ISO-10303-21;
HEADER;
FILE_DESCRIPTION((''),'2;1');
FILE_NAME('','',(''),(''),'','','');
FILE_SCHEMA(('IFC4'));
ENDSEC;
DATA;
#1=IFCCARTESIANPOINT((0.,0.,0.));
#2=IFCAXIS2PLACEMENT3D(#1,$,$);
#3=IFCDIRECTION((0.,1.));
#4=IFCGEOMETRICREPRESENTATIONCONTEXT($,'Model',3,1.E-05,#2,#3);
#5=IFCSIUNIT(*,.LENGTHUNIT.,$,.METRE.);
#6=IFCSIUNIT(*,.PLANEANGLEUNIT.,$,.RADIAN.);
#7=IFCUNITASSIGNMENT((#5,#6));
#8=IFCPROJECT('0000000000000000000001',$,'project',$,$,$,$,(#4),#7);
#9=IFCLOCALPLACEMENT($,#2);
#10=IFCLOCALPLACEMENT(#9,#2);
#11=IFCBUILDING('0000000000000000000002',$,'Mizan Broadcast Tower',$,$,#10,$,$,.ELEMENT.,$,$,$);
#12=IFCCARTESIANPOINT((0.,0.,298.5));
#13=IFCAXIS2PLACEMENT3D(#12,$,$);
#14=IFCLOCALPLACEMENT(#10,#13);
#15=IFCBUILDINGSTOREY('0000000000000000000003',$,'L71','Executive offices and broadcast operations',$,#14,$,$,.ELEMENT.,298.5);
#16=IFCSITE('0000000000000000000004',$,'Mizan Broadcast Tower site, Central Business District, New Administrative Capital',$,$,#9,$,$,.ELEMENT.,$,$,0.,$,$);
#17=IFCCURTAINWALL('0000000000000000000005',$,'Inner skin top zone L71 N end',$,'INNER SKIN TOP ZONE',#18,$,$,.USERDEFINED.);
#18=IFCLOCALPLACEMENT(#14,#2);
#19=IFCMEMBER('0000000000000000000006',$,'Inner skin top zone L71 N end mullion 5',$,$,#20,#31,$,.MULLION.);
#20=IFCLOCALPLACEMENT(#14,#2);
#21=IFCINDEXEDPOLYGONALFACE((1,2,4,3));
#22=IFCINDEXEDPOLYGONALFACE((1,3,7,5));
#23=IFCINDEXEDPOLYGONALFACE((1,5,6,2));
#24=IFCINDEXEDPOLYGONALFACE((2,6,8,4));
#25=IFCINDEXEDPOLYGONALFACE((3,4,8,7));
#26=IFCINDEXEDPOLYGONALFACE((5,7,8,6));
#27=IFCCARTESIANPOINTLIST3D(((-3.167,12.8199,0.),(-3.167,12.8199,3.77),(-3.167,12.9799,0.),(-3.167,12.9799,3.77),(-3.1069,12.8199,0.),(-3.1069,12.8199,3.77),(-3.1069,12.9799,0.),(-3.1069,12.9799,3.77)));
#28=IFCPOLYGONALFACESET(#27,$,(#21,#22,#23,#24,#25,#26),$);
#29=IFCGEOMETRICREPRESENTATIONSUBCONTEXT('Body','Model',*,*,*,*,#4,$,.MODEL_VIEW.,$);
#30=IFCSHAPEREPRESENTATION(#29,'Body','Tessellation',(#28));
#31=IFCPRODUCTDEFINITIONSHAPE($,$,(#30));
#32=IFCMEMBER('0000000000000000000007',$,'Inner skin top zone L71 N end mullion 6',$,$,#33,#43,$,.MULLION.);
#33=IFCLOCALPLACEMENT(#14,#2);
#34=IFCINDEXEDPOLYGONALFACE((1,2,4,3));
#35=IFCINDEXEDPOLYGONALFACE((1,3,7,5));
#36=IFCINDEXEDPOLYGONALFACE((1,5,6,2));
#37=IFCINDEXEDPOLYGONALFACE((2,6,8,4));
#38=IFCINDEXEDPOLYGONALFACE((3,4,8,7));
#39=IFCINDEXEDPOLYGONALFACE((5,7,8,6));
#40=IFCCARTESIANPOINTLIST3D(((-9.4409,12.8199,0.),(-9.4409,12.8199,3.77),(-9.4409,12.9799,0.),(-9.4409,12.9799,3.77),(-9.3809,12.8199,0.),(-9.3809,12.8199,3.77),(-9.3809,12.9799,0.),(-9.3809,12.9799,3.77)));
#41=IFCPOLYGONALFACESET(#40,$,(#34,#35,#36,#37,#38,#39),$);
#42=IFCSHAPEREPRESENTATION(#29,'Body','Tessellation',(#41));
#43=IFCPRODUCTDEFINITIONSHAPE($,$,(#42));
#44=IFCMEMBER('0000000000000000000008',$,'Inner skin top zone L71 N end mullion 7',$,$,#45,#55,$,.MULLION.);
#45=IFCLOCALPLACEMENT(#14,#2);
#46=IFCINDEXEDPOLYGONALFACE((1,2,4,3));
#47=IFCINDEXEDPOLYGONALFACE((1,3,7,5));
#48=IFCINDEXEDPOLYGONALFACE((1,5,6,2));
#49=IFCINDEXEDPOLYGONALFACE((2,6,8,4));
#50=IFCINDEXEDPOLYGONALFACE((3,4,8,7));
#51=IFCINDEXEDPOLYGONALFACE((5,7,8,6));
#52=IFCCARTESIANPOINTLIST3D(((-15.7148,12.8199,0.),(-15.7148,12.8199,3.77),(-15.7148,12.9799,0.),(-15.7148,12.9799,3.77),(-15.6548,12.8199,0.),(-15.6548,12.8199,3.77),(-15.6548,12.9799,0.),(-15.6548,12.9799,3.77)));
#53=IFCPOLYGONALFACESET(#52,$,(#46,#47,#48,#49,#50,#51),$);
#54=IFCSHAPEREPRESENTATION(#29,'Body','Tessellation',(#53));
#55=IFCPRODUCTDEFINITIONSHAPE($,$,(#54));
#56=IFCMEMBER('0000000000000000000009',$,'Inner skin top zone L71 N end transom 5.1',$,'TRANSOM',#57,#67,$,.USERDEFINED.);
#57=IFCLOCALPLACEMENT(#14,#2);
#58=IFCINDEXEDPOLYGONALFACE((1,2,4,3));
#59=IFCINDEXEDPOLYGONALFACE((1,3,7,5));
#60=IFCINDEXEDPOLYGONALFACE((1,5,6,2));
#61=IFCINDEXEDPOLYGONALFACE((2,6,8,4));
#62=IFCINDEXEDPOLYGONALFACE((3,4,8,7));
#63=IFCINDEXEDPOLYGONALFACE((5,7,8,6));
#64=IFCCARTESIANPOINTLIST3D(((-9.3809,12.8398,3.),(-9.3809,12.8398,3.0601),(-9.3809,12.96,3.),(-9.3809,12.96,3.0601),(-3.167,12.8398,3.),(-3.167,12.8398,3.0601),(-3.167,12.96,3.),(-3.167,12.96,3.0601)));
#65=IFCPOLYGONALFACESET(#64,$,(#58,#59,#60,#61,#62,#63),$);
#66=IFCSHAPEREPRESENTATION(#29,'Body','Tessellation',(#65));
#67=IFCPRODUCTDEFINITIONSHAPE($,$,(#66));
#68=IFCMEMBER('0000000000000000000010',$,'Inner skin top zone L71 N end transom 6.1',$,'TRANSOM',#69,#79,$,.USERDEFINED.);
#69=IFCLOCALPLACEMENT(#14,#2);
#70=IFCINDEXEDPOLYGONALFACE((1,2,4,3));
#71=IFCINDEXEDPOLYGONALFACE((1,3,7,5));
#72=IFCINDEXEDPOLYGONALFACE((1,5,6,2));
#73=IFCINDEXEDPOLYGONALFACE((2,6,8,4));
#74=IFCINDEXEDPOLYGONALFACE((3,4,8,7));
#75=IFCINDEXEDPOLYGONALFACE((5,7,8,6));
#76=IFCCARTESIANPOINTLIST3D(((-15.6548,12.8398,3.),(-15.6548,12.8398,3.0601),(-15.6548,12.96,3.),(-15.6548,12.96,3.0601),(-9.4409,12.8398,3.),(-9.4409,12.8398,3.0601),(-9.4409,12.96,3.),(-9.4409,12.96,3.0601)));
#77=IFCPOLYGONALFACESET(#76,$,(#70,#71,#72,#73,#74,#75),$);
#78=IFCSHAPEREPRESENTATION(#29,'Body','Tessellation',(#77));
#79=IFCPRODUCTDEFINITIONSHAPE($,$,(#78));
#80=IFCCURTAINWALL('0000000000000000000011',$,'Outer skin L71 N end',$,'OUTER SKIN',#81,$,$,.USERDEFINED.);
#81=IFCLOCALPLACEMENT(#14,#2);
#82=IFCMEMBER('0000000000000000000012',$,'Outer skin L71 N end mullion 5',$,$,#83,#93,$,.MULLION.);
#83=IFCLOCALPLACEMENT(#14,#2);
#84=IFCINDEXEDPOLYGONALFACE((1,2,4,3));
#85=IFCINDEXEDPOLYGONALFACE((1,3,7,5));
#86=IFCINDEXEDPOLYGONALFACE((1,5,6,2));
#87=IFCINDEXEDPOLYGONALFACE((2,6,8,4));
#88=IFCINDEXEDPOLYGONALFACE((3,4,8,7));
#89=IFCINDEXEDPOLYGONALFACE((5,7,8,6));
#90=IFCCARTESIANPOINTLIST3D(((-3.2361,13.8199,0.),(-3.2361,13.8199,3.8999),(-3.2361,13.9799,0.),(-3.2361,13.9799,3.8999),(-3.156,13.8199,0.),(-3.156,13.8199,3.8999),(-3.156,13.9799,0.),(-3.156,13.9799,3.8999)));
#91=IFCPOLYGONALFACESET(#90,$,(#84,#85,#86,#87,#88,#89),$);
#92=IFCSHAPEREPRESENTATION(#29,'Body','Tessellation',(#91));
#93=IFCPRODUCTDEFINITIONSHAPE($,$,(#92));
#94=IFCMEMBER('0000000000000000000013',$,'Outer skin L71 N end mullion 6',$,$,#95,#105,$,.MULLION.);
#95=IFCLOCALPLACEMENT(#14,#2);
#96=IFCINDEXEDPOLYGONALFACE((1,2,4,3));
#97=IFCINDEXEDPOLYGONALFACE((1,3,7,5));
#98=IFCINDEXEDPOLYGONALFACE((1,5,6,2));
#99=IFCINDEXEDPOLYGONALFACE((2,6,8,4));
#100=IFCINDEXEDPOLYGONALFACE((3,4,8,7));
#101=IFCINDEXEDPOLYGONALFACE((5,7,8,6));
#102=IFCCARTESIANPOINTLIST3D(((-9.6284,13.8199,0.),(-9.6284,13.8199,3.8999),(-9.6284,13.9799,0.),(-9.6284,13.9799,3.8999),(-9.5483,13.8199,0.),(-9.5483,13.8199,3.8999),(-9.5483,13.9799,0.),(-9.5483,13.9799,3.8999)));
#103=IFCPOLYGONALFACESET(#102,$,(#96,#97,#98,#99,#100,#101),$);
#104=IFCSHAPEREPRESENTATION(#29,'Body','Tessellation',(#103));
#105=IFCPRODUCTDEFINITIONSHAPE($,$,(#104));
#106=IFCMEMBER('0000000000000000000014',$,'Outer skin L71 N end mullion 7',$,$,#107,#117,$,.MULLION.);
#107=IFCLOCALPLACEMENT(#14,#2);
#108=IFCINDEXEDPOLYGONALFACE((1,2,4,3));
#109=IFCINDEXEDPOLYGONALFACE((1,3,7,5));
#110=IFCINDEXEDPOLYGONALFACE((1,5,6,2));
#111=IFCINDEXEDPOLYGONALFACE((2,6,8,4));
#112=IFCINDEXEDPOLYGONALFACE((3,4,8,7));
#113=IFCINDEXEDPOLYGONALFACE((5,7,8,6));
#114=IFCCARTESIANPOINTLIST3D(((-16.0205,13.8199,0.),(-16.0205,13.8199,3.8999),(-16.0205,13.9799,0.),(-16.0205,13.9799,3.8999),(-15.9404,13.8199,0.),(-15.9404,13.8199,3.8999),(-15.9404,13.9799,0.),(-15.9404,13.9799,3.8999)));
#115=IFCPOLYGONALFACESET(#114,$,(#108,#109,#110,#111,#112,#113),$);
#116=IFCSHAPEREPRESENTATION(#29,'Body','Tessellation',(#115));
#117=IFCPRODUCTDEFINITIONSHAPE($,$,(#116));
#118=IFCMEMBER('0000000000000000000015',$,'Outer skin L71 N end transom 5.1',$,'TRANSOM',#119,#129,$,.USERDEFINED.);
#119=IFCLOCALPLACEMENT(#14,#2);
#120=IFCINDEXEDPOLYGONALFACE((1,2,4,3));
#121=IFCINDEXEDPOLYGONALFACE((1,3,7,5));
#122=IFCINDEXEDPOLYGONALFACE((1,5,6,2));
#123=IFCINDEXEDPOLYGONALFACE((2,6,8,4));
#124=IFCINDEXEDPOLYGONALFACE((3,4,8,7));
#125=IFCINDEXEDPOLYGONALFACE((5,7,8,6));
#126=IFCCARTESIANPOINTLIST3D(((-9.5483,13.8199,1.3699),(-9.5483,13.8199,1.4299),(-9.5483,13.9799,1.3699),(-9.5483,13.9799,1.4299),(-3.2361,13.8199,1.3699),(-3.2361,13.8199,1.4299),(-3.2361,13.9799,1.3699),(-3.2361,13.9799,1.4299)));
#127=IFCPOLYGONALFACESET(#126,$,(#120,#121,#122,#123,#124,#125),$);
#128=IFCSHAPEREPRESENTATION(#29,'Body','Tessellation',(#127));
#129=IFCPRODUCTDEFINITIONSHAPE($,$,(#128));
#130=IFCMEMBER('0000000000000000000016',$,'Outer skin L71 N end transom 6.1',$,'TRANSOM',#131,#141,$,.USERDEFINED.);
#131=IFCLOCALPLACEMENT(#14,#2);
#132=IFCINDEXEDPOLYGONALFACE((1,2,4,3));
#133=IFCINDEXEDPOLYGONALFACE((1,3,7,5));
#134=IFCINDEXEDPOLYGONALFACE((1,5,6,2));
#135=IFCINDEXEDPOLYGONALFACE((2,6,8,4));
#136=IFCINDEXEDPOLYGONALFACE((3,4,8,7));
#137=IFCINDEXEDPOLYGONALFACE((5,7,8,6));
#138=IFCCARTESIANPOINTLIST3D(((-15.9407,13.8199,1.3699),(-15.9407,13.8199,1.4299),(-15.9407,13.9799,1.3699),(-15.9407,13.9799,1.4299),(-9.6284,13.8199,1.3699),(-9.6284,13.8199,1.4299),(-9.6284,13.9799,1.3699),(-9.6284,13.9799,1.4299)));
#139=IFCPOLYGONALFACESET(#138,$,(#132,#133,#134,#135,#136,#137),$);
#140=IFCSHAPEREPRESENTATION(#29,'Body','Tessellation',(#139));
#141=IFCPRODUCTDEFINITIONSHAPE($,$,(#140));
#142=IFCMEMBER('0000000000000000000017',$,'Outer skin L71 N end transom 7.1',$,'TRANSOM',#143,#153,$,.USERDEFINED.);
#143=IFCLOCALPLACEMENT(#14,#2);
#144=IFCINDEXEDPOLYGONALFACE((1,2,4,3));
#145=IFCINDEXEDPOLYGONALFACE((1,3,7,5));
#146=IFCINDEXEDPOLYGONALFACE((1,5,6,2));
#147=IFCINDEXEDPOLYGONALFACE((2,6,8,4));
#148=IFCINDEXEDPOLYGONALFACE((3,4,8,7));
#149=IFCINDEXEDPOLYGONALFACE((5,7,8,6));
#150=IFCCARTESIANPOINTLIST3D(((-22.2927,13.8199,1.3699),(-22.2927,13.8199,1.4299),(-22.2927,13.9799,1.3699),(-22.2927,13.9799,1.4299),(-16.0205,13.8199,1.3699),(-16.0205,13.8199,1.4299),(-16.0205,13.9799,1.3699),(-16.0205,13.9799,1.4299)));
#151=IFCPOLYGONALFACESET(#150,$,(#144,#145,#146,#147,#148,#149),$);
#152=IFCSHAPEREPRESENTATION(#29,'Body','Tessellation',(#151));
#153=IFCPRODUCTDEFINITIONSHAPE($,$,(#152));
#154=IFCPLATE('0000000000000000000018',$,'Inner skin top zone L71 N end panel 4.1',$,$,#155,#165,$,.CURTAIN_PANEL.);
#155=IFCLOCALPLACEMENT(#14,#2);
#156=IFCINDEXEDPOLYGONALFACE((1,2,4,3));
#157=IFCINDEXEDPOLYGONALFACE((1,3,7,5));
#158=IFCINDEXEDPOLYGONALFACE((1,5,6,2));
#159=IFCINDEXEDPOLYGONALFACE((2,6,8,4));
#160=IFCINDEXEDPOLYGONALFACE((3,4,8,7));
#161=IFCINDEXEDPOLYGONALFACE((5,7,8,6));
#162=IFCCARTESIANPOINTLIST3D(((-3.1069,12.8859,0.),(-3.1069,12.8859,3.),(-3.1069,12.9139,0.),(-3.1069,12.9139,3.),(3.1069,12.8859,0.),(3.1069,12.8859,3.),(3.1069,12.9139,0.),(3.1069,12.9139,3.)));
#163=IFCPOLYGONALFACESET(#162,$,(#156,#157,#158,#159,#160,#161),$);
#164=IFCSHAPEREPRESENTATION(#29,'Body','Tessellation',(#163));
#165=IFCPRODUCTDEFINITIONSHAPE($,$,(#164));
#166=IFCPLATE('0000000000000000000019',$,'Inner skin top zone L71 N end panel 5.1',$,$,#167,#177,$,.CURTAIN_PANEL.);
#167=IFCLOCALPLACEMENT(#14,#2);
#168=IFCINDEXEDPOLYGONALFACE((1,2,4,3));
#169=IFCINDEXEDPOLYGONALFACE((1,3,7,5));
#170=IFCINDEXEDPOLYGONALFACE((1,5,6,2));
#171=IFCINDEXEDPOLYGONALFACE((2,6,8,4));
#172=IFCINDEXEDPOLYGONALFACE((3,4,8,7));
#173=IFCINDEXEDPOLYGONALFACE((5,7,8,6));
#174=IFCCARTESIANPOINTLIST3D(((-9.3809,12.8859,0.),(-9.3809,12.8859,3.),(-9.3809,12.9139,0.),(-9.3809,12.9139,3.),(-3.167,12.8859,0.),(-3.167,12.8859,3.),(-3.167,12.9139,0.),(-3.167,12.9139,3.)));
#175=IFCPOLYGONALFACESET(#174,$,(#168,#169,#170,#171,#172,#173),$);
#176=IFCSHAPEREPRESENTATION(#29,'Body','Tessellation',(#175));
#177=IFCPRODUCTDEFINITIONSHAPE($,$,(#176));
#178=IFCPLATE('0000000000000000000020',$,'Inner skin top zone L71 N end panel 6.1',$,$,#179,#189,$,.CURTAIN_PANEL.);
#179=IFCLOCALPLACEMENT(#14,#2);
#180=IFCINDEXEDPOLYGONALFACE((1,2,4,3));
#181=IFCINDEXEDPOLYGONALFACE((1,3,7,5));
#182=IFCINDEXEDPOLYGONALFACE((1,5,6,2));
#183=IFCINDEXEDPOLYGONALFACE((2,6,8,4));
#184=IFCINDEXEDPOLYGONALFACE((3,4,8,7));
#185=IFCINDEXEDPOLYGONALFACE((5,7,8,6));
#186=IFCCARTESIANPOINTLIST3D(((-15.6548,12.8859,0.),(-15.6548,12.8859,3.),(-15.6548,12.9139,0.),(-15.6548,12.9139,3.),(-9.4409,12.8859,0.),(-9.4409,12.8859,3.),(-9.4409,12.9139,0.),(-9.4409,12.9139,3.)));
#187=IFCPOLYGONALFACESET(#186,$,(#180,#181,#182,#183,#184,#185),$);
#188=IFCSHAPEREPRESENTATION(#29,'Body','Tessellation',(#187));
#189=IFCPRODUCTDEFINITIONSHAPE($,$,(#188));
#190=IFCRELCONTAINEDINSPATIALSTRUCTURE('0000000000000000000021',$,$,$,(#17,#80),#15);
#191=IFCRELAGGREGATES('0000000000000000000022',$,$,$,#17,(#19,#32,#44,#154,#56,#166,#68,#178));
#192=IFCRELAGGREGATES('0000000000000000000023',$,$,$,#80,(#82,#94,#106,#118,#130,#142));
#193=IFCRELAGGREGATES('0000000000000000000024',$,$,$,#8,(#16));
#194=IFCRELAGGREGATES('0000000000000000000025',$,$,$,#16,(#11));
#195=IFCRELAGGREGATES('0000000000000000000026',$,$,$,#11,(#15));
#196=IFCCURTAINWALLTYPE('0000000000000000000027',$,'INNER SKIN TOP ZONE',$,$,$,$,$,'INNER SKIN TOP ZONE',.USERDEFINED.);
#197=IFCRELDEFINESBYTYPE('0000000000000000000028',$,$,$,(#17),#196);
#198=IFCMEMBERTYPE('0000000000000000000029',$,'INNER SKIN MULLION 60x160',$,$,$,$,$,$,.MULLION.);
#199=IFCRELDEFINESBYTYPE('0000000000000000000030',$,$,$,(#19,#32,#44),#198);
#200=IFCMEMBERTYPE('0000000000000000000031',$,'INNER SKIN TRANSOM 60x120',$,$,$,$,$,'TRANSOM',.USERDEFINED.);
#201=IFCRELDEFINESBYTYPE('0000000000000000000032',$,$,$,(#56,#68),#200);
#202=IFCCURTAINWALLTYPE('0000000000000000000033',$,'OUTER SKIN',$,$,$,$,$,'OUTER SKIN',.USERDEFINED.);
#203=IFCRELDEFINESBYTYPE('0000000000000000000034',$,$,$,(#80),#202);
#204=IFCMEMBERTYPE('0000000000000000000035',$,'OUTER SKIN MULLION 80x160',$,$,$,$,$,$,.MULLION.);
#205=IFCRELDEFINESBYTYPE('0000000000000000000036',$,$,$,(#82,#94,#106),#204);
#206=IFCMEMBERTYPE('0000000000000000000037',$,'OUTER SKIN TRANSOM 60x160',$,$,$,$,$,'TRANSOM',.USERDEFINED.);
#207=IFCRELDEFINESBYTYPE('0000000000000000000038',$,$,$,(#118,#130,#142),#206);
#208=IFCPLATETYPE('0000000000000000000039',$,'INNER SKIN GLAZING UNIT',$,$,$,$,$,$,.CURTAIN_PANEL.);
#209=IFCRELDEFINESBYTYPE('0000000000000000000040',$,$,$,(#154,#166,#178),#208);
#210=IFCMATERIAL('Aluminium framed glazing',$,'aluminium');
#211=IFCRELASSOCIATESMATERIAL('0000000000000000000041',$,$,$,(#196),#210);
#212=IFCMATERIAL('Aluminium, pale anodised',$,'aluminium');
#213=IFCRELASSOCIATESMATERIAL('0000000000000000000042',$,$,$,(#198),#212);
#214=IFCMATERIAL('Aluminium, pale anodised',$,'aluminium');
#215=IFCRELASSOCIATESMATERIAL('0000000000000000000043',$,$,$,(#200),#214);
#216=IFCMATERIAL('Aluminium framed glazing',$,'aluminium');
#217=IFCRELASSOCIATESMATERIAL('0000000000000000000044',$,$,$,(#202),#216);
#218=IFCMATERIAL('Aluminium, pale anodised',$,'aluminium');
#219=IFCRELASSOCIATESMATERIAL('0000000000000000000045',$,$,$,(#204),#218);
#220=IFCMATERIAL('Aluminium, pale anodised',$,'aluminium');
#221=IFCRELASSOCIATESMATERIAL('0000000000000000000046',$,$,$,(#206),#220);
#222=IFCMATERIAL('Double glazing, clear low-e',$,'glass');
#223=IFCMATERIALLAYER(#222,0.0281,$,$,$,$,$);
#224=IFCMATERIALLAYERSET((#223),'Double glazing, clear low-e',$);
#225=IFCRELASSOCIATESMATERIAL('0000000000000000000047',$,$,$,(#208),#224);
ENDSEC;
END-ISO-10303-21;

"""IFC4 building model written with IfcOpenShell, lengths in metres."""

from ifc_helpers import new_model, si_unit, direction, frame, origin, origin_2d, place, context, subcontext, project, spatial, rectangle, extrude, material, layer, layer_set, material_profile, profile_set, type_object, element, aggregate, save


model = new_model("IFC4")

# Units and contexts
model_context = context("Model", 3, precision=1e-05, world=origin(), true_north=direction((0.0, 1.0)))
body_context = subcontext(model_context, "Body", "Model", "MODEL_VIEW")
ifc_project = project(units=[si_unit("LENGTHUNIT", "METRE"), si_unit("PLANEANGLEUNIT", "RADIAN")], contexts=[model_context])

# Site, building, storey
site_placement = place(None, origin())
site = spatial("IfcSite", under=ifc_project, at=site_placement, Name="Mizan Broadcast Tower site, Central Business District, New Administrative Capital", CompositionType="ELEMENT", RefElevation=0.0)
building_placement = place(site_placement, origin())
building = spatial("IfcBuilding", under=site, at=building_placement, Name="Mizan Broadcast Tower", CompositionType="ELEMENT")
storey_placement = place(building_placement, frame((0.0, 0.0, 298.5)))
storey = spatial("IfcBuildingStorey", under=building, at=storey_placement, Name="L71", Description="Executive offices and broadcast operations", CompositionType="ELEMENT", Elevation=298.5)

# Curtain walls, members
ifc_material_1 = material(Name="Aluminium framed glazing", Category="aluminium")
curtain_wall_type_1 = type_object("IfcCurtainWallType", Name="INNER SKIN TOP ZONE", ElementType="INNER SKIN TOP ZONE", PredefinedType="USERDEFINED", material=ifc_material_1)
curtain_wall_1_placement = place(storey_placement, origin())
curtain_wall_1 = element("IfcCurtainWall", 1, at=curtain_wall_1_placement, inside=storey, type_object=curtain_wall_type_1, Name="Inner skin top zone L71 N end", ObjectType="INNER SKIN TOP ZONE", PredefinedType="USERDEFINED")
ifc_material_2 = material(Name="Aluminium, pale anodised", Category="aluminium")
ifc_material_profile_1 = material_profile(ifc_material_2, rectangle(XDim=0.1599, YDim=0.0601, at=origin_2d()), Name="MULLION 160x60")
ifc_profile_set_1 = profile_set([ifc_material_profile_1], Name="Aluminium, pale anodised")
member_type_1 = type_object("IfcMemberType", Name="INNER SKIN MULLION 60x160", PredefinedType="MULLION", material=ifc_profile_set_1)
member_1_placement = place(storey_placement, frame((-3.137, 12.8999, 0.0), z_axis=(0.0, 0.0, 1.0), x_axis=(0.0, -1.0, 0.0)))
member_1 = element("IfcMember", 2, at=member_1_placement, type_object=member_type_1, Name="Inner skin top zone L71 N end mullion 5", PredefinedType="MULLION", context=body_context, shape_type="SweptSolid", body=[
    extrude(rectangle(XDim=0.1599, YDim=0.0601, at=origin_2d()), origin(), (0.0, 0.0, 1.0), 3.77),
])
member_2_placement = place(storey_placement, frame((-9.4109, 12.8999, 0.0), z_axis=(0.0, 0.0, 1.0), x_axis=(0.0, -1.0, 0.0)))
member_2 = element("IfcMember", 3, at=member_2_placement, type_object=member_type_1, Name="Inner skin top zone L71 N end mullion 6", PredefinedType="MULLION", context=body_context, shape_type="SweptSolid", body=[
    extrude(rectangle(XDim=0.1599, YDim=0.0601, at=origin_2d()), origin(), (0.0, 0.0, 1.0), 3.77),
])
member_3_placement = place(storey_placement, frame((-15.6848, 12.8999, 0.0), z_axis=(0.0, 0.0, 1.0), x_axis=(0.0, -1.0, 0.0)))
member_3 = element("IfcMember", 4, at=member_3_placement, type_object=member_type_1, Name="Inner skin top zone L71 N end mullion 7", PredefinedType="MULLION", context=body_context, shape_type="SweptSolid", body=[
    extrude(rectangle(XDim=0.1599, YDim=0.0601, at=origin_2d()), origin(), (0.0, 0.0, 1.0), 3.77),
])
ifc_material_3 = material(Name="Aluminium, pale anodised", Category="aluminium")
ifc_material_profile_2 = material_profile(ifc_material_3, rectangle(XDim=0.1201, YDim=0.0601, at=origin_2d()), Name="TRANSOM 120x60")
ifc_profile_set_2 = profile_set([ifc_material_profile_2], Name="Aluminium, pale anodised")
member_type_2 = type_object("IfcMemberType", Name="INNER SKIN TRANSOM 60x120", ElementType="TRANSOM", PredefinedType="USERDEFINED", material=ifc_profile_set_2)
member_4_placement = place(storey_placement, frame((-3.167, 12.8999, 3.03), z_axis=(-1.0, 0.0, 0.0), x_axis=(0.0, -1.0, 0.0)))
member_4 = element("IfcMember", 5, at=member_4_placement, type_object=member_type_2, Name="Inner skin top zone L71 N end transom 5.1", ObjectType="TRANSOM", PredefinedType="USERDEFINED", context=body_context, shape_type="SweptSolid", body=[
    extrude(rectangle(XDim=0.1201, YDim=0.0601, at=origin_2d()), origin(), (0.0, 0.0, 1.0), 6.2139),
])
member_5_placement = place(storey_placement, frame((-9.4409, 12.8999, 3.03), z_axis=(-1.0, 0.0, 0.0), x_axis=(0.0, -1.0, 0.0)))
member_5 = element("IfcMember", 6, at=member_5_placement, type_object=member_type_2, Name="Inner skin top zone L71 N end transom 6.1", ObjectType="TRANSOM", PredefinedType="USERDEFINED", context=body_context, shape_type="SweptSolid", body=[
    extrude(rectangle(XDim=0.1201, YDim=0.0601, at=origin_2d()), origin(), (0.0, 0.0, 1.0), 6.2139),
])
ifc_material_4 = material(Name="Aluminium framed glazing", Category="aluminium")
curtain_wall_type_2 = type_object("IfcCurtainWallType", Name="OUTER SKIN", ElementType="OUTER SKIN", PredefinedType="USERDEFINED", material=ifc_material_4)
curtain_wall_2_placement = place(storey_placement, origin())
curtain_wall_2 = element("IfcCurtainWall", 7, at=curtain_wall_2_placement, inside=storey, type_object=curtain_wall_type_2, Name="Outer skin L71 N end", ObjectType="OUTER SKIN", PredefinedType="USERDEFINED")
ifc_material_5 = material(Name="Aluminium, pale anodised", Category="aluminium")
ifc_material_profile_3 = material_profile(ifc_material_5, rectangle(XDim=0.1599, YDim=0.0801, at=origin_2d()), Name="MULLION 160x80")
ifc_profile_set_3 = profile_set([ifc_material_profile_3], Name="Aluminium, pale anodised")
member_type_3 = type_object("IfcMemberType", Name="OUTER SKIN MULLION 80x160", PredefinedType="MULLION", material=ifc_profile_set_3)
member_6_placement = place(storey_placement, frame((-3.196, 13.8999, 0.0), z_axis=(0.0, 0.0, 1.0), x_axis=(0.0, -1.0, 0.0)))
member_6 = element("IfcMember", 8, at=member_6_placement, type_object=member_type_3, Name="Outer skin L71 N end mullion 5", PredefinedType="MULLION", context=body_context, shape_type="SweptSolid", body=[
    extrude(rectangle(XDim=0.1599, YDim=0.0801, at=origin_2d()), origin(), (0.0, 0.0, 1.0), 3.8999),
])
member_7_placement = place(storey_placement, frame((-9.5884, 13.8999, 0.0), z_axis=(0.0, 0.0, 1.0), x_axis=(0.0, -1.0, 0.0)))
member_7 = element("IfcMember", 9, at=member_7_placement, type_object=member_type_3, Name="Outer skin L71 N end mullion 6", PredefinedType="MULLION", context=body_context, shape_type="SweptSolid", body=[
    extrude(rectangle(XDim=0.1599, YDim=0.0801, at=origin_2d()), origin(), (0.0, 0.0, 1.0), 3.8999),
])
member_8_placement = place(storey_placement, frame((-15.9805, 13.8999, 0.0), z_axis=(0.0, 0.0, 1.0), x_axis=(0.0, -1.0, 0.0)))
member_8 = element("IfcMember", 10, at=member_8_placement, type_object=member_type_3, Name="Outer skin L71 N end mullion 7", PredefinedType="MULLION", context=body_context, shape_type="SweptSolid", body=[
    extrude(rectangle(XDim=0.1599, YDim=0.0801, at=origin_2d()), origin(), (0.0, 0.0, 1.0), 3.8999),
])
ifc_material_6 = material(Name="Aluminium, pale anodised", Category="aluminium")
ifc_material_profile_4 = material_profile(ifc_material_6, rectangle(XDim=0.1599, YDim=0.0601, at=origin_2d()), Name="TRANSOM 160x60")
ifc_profile_set_4 = profile_set([ifc_material_profile_4], Name="Aluminium, pale anodised")
member_type_4 = type_object("IfcMemberType", Name="OUTER SKIN TRANSOM 60x160", ElementType="TRANSOM", PredefinedType="USERDEFINED", material=ifc_profile_set_4)
member_9_placement = place(storey_placement, frame((-3.2361, 13.8999, 1.3999), z_axis=(-1.0, 0.0, 0.0), x_axis=(0.0, -1.0, 0.0)))
member_9 = element("IfcMember", 11, at=member_9_placement, type_object=member_type_4, Name="Outer skin L71 N end transom 5.1", ObjectType="TRANSOM", PredefinedType="USERDEFINED", context=body_context, shape_type="SweptSolid", body=[
    extrude(rectangle(XDim=0.1599, YDim=0.0601, at=origin_2d()), origin(), (0.0, 0.0, 1.0), 6.3123),
])
member_10_placement = place(storey_placement, frame((-9.6284, 13.8999, 1.3999), z_axis=(-1.0, 0.0, 0.0), x_axis=(0.0, -1.0, 0.0)))
member_10 = element("IfcMember", 12, at=member_10_placement, type_object=member_type_4, Name="Outer skin L71 N end transom 6.1", ObjectType="TRANSOM", PredefinedType="USERDEFINED", context=body_context, shape_type="SweptSolid", body=[
    extrude(rectangle(XDim=0.1599, YDim=0.0601, at=origin_2d()), origin(), (0.0, 0.0, 1.0), 6.3123),
])
member_11_placement = place(storey_placement, frame((-16.0205, 13.8999, 1.3999), z_axis=(-1.0, 0.0, 0.0), x_axis=(0.0, -1.0, 0.0)))
member_11 = element("IfcMember", 13, at=member_11_placement, type_object=member_type_4, Name="Outer skin L71 N end transom 7.1", ObjectType="TRANSOM", PredefinedType="USERDEFINED", context=body_context, shape_type="SweptSolid", body=[
    extrude(rectangle(XDim=0.1599, YDim=0.0601, at=origin_2d()), origin(), (0.0, 0.0, 1.0), 6.2722),
])

# Plates
ifc_material_7 = material(Name="Double glazing, clear low-e", Category="glass")
ifc_layer_1 = layer(ifc_material_7, 0.0281)
ifc_layer_set_1 = layer_set([ifc_layer_1], Name="Double glazing, clear low-e")
plate_type_1 = type_object("IfcPlateType", Name="INNER SKIN GLAZING UNIT", PredefinedType="CURTAIN_PANEL", material=ifc_layer_set_1)
plate_1_placement = place(storey_placement, frame((0.0, 12.8999, 0.0), z_axis=(0.0, 0.0, 1.0), x_axis=(-1.0, 0.0, 0.0)))
plate_1 = element("IfcPlate", 14, at=plate_1_placement, type_object=plate_type_1, Name="Inner skin top zone L71 N end panel 4.1", PredefinedType="CURTAIN_PANEL", context=body_context, shape_type="SweptSolid", body=[
    extrude(rectangle(XDim=6.2139, YDim=0.0281, at=origin_2d()), origin(), (0.0, 0.0, 1.0), 3.0),
])
plate_2_placement = place(storey_placement, frame((-6.2739, 12.8999, 0.0), z_axis=(0.0, 0.0, 1.0), x_axis=(-1.0, 0.0, 0.0)))
plate_2 = element("IfcPlate", 15, at=plate_2_placement, type_object=plate_type_1, Name="Inner skin top zone L71 N end panel 5.1", PredefinedType="CURTAIN_PANEL", context=body_context, shape_type="SweptSolid", body=[
    extrude(rectangle(XDim=6.2139, YDim=0.0281, at=origin_2d()), origin(), (0.0, 0.0, 1.0), 3.0),
])
plate_3_placement = place(storey_placement, frame((-12.5479, 12.8999, 0.0), z_axis=(0.0, 0.0, 1.0), x_axis=(-1.0, 0.0, 0.0)))
plate_3 = element("IfcPlate", 16, at=plate_3_placement, type_object=plate_type_1, Name="Inner skin top zone L71 N end panel 6.1", PredefinedType="CURTAIN_PANEL", context=body_context, shape_type="SweptSolid", body=[
    extrude(rectangle(XDim=6.2139, YDim=0.0281, at=origin_2d()), origin(), (0.0, 0.0, 1.0), 3.0),
])
aggregate(curtain_wall_1, [member_1, member_2, member_3, plate_1, member_4, plate_2, member_5, plate_3])
aggregate(curtain_wall_2, [member_6, member_7, member_8, member_9, member_10, member_11])

save(model, "model.ifc")
